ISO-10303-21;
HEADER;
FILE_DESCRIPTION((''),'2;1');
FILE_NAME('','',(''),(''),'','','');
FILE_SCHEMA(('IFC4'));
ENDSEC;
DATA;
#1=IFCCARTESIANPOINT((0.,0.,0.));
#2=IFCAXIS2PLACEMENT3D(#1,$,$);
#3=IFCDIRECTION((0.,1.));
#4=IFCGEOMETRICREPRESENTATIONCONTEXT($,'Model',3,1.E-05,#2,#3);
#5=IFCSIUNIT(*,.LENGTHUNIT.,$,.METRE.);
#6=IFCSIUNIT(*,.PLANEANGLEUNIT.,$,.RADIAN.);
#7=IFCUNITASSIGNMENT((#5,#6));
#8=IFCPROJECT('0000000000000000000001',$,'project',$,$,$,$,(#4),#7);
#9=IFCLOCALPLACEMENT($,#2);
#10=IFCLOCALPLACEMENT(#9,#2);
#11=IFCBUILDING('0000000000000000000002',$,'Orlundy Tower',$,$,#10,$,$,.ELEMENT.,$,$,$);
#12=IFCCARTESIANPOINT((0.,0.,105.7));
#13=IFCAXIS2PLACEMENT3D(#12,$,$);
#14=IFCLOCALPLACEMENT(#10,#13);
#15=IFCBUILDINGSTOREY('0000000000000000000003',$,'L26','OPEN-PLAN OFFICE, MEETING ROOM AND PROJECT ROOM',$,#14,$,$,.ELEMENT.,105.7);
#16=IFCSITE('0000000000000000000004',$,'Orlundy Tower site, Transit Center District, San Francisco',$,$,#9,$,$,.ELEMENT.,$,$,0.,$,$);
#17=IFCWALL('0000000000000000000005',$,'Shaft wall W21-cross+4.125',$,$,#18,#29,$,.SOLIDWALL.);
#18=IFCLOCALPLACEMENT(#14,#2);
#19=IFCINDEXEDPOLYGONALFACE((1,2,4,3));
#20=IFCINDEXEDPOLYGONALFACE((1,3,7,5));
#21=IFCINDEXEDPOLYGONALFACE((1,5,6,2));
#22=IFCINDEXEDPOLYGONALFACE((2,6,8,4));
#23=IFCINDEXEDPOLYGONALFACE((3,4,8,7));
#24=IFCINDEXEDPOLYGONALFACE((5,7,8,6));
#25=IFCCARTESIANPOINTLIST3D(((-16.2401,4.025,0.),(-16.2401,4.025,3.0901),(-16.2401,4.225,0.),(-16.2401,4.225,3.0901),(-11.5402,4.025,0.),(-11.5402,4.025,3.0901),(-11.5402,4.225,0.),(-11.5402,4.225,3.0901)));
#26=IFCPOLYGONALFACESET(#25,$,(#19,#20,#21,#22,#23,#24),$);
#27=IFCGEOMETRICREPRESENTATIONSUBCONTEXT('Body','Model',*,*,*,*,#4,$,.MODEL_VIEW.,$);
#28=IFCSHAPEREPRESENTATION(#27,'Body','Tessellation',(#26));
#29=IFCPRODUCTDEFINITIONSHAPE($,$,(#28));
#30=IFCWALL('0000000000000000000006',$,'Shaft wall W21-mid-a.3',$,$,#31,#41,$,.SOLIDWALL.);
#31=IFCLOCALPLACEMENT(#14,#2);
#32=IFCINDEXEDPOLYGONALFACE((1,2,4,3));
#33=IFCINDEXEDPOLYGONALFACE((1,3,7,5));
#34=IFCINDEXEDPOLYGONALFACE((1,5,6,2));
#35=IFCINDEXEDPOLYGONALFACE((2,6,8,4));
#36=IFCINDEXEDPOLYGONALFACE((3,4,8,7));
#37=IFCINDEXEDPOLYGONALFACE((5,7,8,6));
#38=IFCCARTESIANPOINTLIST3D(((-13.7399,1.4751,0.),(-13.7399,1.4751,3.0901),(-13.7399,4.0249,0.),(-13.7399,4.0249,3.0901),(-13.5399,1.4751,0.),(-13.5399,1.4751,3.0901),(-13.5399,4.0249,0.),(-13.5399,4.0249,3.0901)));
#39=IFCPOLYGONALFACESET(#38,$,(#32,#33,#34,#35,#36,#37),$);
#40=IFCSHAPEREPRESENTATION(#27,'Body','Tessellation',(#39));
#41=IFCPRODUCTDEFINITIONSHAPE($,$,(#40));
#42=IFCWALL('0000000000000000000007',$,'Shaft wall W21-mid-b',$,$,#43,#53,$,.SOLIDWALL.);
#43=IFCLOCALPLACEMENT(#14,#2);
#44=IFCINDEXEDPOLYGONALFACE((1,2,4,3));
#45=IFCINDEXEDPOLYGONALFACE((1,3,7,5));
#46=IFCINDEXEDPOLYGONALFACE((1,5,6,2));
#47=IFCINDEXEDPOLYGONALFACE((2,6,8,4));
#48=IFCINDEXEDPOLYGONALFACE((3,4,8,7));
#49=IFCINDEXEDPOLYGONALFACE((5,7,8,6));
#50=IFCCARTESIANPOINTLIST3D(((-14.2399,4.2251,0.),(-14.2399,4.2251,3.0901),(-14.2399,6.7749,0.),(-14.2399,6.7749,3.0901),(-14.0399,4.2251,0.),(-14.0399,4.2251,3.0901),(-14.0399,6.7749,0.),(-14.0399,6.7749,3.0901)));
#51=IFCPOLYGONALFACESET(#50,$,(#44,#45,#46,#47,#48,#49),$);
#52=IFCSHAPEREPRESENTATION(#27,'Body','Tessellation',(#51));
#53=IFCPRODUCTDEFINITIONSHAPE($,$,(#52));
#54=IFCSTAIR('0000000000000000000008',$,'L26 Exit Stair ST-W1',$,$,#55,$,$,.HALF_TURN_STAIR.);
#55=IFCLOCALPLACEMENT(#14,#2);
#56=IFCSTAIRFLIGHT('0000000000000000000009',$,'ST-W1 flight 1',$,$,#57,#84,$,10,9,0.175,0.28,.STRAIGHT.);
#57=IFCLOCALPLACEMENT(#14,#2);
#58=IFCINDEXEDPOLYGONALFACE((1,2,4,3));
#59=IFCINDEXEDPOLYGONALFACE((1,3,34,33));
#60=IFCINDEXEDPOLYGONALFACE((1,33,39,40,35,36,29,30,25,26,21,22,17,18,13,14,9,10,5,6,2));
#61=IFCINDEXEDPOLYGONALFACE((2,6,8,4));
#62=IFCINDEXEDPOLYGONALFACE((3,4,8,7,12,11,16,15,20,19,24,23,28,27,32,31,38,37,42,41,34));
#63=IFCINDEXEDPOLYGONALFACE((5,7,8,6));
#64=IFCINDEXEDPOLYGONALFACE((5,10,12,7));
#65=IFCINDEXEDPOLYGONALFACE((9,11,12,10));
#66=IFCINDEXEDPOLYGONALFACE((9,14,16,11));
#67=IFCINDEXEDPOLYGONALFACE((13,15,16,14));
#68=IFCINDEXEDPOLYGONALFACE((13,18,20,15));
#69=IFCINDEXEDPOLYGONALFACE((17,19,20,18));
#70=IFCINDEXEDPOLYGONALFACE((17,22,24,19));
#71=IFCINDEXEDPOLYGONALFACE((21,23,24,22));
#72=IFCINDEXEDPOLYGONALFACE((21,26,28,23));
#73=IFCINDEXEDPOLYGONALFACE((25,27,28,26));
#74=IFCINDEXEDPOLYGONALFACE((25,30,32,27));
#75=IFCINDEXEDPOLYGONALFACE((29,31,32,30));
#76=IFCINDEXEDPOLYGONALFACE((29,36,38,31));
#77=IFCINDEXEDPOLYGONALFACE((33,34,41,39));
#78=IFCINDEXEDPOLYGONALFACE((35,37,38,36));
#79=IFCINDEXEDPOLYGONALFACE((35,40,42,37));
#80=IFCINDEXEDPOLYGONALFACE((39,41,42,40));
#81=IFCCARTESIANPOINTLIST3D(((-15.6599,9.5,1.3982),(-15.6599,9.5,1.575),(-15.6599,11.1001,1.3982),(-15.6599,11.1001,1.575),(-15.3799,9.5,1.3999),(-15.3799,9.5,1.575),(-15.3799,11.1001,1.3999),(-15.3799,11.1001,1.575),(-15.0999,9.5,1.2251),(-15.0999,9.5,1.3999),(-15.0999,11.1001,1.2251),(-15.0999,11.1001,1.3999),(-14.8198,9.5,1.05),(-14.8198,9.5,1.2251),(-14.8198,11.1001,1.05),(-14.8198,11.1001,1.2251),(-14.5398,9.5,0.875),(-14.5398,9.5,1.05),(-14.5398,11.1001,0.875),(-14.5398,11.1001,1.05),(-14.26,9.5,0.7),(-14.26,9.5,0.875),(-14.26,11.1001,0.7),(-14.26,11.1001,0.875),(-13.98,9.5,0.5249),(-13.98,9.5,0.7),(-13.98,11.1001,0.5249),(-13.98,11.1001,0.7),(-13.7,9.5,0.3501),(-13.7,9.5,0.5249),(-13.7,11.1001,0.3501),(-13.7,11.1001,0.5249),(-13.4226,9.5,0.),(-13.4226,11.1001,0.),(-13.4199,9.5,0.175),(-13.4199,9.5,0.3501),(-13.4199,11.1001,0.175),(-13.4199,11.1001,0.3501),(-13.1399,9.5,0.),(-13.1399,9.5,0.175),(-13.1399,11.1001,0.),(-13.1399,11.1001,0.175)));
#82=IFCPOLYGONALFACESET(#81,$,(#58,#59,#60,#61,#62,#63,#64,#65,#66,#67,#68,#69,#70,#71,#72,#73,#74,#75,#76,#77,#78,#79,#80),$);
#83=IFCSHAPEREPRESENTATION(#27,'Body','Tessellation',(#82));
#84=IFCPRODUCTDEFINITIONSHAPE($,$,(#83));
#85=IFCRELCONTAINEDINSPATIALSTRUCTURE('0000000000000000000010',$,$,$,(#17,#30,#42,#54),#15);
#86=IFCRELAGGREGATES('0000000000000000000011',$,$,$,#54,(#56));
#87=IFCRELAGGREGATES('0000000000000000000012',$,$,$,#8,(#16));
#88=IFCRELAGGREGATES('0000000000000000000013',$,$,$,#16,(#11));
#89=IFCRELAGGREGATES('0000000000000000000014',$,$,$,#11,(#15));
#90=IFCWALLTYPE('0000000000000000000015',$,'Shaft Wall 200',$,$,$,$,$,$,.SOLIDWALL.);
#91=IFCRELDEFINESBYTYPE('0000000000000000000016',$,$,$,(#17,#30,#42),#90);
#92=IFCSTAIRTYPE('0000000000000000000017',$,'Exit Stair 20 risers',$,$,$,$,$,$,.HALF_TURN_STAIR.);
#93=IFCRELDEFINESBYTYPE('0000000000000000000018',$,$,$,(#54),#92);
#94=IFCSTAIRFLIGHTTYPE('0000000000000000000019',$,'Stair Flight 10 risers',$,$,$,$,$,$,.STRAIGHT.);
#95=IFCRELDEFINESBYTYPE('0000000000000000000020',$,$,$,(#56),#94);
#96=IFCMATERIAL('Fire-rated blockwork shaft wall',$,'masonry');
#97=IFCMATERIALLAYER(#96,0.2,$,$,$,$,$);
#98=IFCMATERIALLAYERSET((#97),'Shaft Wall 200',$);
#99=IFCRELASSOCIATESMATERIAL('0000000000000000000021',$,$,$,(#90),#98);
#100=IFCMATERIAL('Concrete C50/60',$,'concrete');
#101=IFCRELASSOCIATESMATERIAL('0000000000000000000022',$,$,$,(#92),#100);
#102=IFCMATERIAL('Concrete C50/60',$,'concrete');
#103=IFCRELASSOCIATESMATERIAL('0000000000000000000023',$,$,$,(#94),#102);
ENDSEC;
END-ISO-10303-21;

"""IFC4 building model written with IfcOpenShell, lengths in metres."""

from ifc_helpers import new_model, si_unit, direction, frame, frame_2d, origin, place, context, subcontext, project, spatial, polyline, rectangle, outline, extrude, material, layer, layer_set, type_object, element, aggregate, save


model = new_model("IFC4")

# Units and contexts
model_context = context("Model", 3, precision=1e-05, world=origin(), true_north=direction((0.0, 1.0)))
body_context = subcontext(model_context, "Body", "Model", "MODEL_VIEW")
ifc_project = project(units=[si_unit("LENGTHUNIT", "METRE"), si_unit("PLANEANGLEUNIT", "RADIAN")], contexts=[model_context])

# Site, building, storey
site_placement = place(None, origin())
site = spatial("IfcSite", under=ifc_project, at=site_placement, Name="Orlundy Tower site, Transit Center District, San Francisco", CompositionType="ELEMENT", RefElevation=0.0)
building_placement = place(site_placement, origin())
building = spatial("IfcBuilding", under=site, at=building_placement, Name="Orlundy Tower", CompositionType="ELEMENT")
storey_placement = place(building_placement, frame((0.0, 0.0, 105.7)))
storey = spatial("IfcBuildingStorey", under=building, at=storey_placement, Name="L26", Description="OPEN-PLAN OFFICE, MEETING ROOM AND PROJECT ROOM", CompositionType="ELEMENT", Elevation=105.7)

# Walls
ifc_material_1 = material(Name="Fire-rated blockwork shaft wall", Category="masonry")
ifc_layer_1 = layer(ifc_material_1, 0.2)
ifc_layer_set_1 = layer_set([ifc_layer_1], Name="Shaft Wall 200")
wall_type_1 = type_object("IfcWallType", Name="Shaft Wall 200", PredefinedType="SOLIDWALL", material=ifc_layer_set_1)
wall_1_placement = place(storey_placement, frame((-11.54, 4.125, 0.0), z_axis=(0.0, 0.0, 1.0), x_axis=(-1.0, 0.0, 0.0)))
element("IfcWall", 1, at=wall_1_placement, inside=storey, type_object=wall_type_1, Name="Shaft wall W21-cross+4.125", PredefinedType="SOLIDWALL", context=body_context, shape_type="SweptSolid", body=[
    extrude(rectangle(XDim=4.7, YDim=0.2, at=frame_2d((2.3501, 0.0))), origin(), (0.0, 0.0, 1.0), 3.0901),
])
for number, where, z_axis, x_axis, name in (
    (2, (-13.6399, 1.4751, 0.0), (0.0, 0.0, 1.0), (0.0, 1.0, 0.0), "Shaft wall W21-mid-a.3"),
    (3, (-14.1399, 4.2251, 0.0), (0.0, 0.0, 1.0), (0.0, 1.0, 0.0), "Shaft wall W21-mid-b"),
):
    element("IfcWall", number, at=place(storey_placement, frame(where, z_axis=z_axis, x_axis=x_axis)), inside=storey, type_object=wall_type_1, Name=name, PredefinedType="SOLIDWALL", context=body_context, shape_type="SweptSolid", body=[
        extrude(rectangle(XDim=2.5498, YDim=0.2, at=frame_2d((1.2749, 0.0))), origin(), (0.0, 0.0, 1.0), 3.0901),
    ])

# Stair, stair flight
ifc_material_2 = material(Name="Concrete C50/60", Category="concrete")
stair_type = type_object("IfcStairType", Name="Exit Stair 20 risers", PredefinedType="HALF_TURN_STAIR", material=ifc_material_2)
stair_placement = place(storey_placement, origin())
stair = element("IfcStair", 4, at=stair_placement, inside=storey, type_object=stair_type, Name="L26 Exit Stair ST-W1", PredefinedType="HALF_TURN_STAIR")
ifc_material_3 = material(Name="Concrete C50/60", Category="concrete")
stair_flight_type = type_object("IfcStairFlightType", Name="Stair Flight 10 risers", PredefinedType="STRAIGHT", material=ifc_material_3)
stair_flight_placement = place(storey_placement, frame((-13.1399, 10.3, 0.0), z_axis=(0.0, 0.0, 1.0), x_axis=(-1.0, 0.0, 0.0)))
stair_flight = element("IfcStairFlight", 5, at=stair_flight_placement, type_object=stair_flight_type, Name="ST-W1 flight 1", NumberOfRisers=10, NumberOfTreads=9, PredefinedType="STRAIGHT", RiserHeight=0.175, TreadLength=0.28, context=body_context, shape_type="SweptSolid", body=[
    extrude(outline(polyline([(0.0, 0.0), (0.0, 0.175), (0.28, 0.175), (0.28, 0.3501), (0.5601, 0.3501), (0.5601, 0.5249), (0.8401, 0.5249), (0.8401, 0.7), (1.1201, 0.7), (1.1201, 0.875), (1.3999, 0.875), (1.3999, 1.05), (1.6799, 1.05), (1.6799, 1.2251), (1.96, 1.2251), (1.96, 1.3999), (2.24, 1.3999), (2.24, 1.575), (2.52, 1.575), (2.52, 1.75), (2.52, 1.3982), (0.2827, 0.0), (0.0, 0.0)])), frame((0.0, 0.8, 0.0), z_axis=(0.0, -1.0, 0.0), x_axis=(1.0, 0.0, 0.0)), (0.0, 0.0, 1.0), 1.6001),
])
aggregate(stair, [stair_flight])

save(model, "model.ifc")
